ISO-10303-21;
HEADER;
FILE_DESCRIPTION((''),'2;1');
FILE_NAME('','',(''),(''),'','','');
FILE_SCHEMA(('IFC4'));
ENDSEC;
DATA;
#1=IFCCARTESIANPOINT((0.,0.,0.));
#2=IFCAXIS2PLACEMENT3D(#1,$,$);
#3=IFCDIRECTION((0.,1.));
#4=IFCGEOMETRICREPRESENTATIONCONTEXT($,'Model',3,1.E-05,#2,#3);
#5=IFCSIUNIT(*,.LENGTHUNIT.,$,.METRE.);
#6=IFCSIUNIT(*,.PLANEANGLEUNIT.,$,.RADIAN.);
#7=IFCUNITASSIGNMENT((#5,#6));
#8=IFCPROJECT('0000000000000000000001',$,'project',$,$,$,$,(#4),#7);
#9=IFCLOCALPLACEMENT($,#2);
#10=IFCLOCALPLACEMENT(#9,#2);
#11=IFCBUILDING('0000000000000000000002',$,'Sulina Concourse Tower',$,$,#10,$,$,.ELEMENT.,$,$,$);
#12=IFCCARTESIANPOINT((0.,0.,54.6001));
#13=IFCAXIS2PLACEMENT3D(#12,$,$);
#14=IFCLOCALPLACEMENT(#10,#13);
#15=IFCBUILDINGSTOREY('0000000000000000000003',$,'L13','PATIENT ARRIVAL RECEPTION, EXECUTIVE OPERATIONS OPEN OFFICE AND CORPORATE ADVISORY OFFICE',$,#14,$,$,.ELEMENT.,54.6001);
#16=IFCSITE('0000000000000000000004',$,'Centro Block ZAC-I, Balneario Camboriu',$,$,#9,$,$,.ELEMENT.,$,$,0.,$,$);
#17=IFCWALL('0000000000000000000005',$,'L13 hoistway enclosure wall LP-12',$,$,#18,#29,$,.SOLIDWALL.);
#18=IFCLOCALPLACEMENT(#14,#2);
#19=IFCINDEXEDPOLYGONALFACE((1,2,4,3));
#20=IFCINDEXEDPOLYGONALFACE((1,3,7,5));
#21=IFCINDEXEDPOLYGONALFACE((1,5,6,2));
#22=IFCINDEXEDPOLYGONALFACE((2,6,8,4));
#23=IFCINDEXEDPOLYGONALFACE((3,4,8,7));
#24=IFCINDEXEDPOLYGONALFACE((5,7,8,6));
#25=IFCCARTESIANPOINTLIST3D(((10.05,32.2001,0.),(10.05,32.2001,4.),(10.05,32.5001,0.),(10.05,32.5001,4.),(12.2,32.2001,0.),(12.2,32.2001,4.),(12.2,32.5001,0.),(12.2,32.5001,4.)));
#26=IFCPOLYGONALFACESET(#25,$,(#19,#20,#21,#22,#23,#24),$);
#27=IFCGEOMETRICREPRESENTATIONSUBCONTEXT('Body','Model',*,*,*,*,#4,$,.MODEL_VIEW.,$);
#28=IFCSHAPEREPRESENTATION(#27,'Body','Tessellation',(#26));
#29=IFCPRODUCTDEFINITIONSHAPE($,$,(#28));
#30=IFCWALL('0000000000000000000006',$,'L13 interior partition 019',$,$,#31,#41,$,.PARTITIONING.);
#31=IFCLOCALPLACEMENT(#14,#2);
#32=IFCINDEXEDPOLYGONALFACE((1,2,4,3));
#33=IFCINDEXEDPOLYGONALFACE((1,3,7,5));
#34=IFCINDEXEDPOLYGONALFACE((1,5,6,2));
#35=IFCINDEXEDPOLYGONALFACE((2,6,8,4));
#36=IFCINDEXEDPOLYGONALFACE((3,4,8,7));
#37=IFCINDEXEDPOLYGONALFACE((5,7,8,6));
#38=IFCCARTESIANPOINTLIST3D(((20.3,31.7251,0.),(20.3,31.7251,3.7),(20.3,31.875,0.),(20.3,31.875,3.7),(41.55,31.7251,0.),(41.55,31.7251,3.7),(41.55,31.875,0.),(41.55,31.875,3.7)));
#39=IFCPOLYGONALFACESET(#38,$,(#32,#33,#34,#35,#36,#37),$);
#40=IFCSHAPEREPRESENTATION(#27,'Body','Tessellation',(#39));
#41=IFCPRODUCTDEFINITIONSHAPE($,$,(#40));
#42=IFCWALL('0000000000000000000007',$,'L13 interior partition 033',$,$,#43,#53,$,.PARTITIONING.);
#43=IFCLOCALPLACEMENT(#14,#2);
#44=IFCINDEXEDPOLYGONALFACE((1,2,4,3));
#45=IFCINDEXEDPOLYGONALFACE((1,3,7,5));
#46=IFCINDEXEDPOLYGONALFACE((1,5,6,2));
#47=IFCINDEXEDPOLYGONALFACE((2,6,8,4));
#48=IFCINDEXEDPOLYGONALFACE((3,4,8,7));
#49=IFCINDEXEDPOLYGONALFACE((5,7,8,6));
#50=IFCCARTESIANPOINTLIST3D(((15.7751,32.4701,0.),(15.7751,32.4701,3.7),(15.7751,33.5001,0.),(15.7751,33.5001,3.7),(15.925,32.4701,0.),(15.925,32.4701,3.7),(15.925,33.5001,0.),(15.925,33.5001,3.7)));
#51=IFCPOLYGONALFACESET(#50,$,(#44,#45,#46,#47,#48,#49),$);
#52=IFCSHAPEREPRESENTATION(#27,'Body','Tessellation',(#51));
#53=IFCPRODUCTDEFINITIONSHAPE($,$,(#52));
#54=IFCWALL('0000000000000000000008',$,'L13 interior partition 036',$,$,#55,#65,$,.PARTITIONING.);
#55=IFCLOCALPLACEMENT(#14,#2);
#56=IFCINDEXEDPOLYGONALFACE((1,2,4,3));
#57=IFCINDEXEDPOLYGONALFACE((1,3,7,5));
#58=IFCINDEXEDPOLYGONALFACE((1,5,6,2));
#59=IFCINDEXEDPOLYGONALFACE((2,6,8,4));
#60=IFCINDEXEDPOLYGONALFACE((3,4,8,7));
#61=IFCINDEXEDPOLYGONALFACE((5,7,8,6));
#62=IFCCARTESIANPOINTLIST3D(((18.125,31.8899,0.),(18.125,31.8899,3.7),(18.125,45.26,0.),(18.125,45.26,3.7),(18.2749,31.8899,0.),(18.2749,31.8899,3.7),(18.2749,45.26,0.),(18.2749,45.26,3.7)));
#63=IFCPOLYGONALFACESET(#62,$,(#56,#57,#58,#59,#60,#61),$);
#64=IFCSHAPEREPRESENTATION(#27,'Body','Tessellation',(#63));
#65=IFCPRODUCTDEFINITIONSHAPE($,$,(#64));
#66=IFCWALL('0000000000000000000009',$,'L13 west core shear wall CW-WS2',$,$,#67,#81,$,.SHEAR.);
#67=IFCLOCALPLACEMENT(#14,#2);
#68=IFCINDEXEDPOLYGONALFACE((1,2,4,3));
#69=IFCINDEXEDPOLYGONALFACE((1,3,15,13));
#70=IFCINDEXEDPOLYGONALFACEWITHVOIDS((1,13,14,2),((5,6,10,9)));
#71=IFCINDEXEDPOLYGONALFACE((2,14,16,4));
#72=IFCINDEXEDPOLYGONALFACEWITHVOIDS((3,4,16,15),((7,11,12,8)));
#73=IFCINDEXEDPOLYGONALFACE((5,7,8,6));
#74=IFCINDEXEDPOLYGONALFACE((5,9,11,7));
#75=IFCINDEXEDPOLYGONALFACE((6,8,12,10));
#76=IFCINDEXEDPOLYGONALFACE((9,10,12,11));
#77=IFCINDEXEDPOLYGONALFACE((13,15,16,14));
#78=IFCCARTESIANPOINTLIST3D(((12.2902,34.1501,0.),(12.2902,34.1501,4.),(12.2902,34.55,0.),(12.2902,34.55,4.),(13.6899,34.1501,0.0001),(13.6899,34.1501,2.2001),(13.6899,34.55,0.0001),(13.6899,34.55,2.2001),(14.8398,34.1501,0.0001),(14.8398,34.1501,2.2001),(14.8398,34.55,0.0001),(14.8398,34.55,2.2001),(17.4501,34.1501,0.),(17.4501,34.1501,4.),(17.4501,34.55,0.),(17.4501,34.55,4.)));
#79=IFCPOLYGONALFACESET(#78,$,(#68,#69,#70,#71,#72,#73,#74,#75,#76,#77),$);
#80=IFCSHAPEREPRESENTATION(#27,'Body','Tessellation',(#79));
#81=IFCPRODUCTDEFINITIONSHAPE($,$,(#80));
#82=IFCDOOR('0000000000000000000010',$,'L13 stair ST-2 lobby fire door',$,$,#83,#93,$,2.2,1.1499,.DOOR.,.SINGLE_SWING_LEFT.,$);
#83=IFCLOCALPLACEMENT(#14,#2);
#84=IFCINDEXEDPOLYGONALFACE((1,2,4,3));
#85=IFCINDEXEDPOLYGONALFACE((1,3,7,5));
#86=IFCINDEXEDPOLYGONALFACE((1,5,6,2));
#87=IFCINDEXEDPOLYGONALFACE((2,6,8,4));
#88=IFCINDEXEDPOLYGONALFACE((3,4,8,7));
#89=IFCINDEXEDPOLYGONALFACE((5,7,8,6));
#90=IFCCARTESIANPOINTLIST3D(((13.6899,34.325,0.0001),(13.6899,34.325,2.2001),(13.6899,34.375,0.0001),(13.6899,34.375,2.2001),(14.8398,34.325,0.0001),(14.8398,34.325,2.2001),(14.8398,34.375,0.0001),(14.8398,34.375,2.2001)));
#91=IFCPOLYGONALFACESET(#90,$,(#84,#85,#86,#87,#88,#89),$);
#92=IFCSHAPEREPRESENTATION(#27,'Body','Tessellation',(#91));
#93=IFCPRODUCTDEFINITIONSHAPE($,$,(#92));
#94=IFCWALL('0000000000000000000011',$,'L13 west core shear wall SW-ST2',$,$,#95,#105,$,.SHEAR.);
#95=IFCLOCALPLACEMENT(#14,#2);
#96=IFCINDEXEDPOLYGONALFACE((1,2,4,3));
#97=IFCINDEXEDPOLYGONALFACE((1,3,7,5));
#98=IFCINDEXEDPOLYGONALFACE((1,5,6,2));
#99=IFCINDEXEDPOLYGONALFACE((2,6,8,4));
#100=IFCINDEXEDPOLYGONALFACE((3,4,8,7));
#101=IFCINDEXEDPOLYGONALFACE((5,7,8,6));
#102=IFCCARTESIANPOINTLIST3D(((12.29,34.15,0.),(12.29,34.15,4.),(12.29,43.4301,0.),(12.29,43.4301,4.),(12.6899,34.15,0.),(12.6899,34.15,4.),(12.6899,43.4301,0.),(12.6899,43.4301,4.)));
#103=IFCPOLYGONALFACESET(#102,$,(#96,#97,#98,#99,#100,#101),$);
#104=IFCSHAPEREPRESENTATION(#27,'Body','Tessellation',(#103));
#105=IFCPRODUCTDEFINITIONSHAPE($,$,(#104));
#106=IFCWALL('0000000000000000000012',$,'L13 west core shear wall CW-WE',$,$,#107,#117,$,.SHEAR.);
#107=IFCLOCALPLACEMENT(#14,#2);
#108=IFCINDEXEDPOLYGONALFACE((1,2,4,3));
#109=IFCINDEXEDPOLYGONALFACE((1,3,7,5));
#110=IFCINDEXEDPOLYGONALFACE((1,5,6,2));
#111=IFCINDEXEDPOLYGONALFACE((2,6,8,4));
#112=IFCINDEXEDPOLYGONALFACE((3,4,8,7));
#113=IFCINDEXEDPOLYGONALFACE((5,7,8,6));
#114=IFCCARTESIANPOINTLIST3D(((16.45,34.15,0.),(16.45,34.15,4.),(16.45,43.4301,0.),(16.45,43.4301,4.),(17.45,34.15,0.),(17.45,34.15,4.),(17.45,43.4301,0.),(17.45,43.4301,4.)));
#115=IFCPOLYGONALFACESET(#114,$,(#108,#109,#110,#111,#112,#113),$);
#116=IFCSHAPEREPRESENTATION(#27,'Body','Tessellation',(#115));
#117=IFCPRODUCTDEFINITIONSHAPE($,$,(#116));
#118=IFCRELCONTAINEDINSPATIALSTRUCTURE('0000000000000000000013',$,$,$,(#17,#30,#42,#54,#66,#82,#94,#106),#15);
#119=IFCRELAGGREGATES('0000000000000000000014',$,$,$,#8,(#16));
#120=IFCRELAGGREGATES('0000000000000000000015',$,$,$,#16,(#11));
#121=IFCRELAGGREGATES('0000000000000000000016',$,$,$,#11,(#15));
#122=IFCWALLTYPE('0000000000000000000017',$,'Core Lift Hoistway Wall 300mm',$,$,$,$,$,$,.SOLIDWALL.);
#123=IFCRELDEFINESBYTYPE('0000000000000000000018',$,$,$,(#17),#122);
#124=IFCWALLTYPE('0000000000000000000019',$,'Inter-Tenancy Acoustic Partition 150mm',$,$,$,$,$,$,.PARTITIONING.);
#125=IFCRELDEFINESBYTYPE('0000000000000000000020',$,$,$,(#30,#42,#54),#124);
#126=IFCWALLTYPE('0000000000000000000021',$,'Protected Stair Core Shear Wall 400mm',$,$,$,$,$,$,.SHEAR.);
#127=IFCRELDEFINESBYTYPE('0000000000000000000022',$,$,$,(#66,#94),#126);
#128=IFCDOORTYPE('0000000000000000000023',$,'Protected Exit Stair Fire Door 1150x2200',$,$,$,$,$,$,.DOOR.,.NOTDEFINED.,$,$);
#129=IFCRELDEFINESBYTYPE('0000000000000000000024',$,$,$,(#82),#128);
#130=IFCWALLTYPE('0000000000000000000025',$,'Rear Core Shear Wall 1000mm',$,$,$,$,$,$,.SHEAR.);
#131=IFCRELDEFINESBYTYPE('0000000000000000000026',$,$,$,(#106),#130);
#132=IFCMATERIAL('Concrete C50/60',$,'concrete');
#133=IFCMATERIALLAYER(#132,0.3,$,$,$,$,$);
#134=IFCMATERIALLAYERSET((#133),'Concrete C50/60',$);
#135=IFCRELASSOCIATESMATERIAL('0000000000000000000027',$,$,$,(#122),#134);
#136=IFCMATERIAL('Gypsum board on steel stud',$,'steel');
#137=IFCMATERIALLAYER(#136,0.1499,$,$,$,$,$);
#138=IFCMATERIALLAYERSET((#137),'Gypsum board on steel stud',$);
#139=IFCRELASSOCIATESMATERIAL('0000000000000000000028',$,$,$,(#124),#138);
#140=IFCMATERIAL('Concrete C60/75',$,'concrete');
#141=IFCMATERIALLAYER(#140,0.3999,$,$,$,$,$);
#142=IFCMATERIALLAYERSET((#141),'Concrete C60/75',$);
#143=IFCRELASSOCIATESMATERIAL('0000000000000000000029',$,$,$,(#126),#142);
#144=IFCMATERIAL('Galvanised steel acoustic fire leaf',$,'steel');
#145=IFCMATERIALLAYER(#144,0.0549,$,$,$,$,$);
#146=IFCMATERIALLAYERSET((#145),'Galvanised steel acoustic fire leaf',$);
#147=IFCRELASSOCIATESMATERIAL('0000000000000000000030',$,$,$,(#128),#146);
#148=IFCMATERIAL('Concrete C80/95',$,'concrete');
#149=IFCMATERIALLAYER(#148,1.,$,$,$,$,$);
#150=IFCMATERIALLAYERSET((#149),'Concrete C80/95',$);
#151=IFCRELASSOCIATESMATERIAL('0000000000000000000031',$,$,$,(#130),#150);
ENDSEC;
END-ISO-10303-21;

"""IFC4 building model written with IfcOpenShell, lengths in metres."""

from ifc_helpers import new_model, si_unit, direction, frame, frame_2d, origin, place, context, subcontext, project, spatial, rectangle, extrude, material, layer, layer_set, type_object, element, fill, save


model = new_model("IFC4")

# Units and contexts
model_context = context("Model", 3, precision=1e-05, world=origin(), true_north=direction((0.0, 1.0)))
body_context = subcontext(model_context, "Body", "Model", "MODEL_VIEW")
ifc_project = project(units=[si_unit("LENGTHUNIT", "METRE"), si_unit("PLANEANGLEUNIT", "RADIAN")], contexts=[model_context])

# Site, building, storey
site_placement = place(None, origin())
site = spatial("IfcSite", under=ifc_project, at=site_placement, Name="Centro Block ZAC-I, Balneario Camboriu", CompositionType="ELEMENT", RefElevation=0.0)
building_placement = place(site_placement, origin())
building = spatial("IfcBuilding", under=site, at=building_placement, Name="Sulina Concourse Tower", CompositionType="ELEMENT")
storey_placement = place(building_placement, frame((0.0, 0.0, 54.6001)))
storey = spatial("IfcBuildingStorey", under=building, at=storey_placement, Name="L13", Description="PATIENT ARRIVAL RECEPTION, EXECUTIVE OPERATIONS OPEN OFFICE AND CORPORATE ADVISORY OFFICE", CompositionType="ELEMENT", Elevation=54.6001)

# Walls
ifc_material_1 = material(Name="Concrete C50/60", Category="concrete")
ifc_layer_1 = layer(ifc_material_1, 0.3)
ifc_layer_set_1 = layer_set([ifc_layer_1], Name="Concrete C50/60")
wall_type_1 = type_object("IfcWallType", Name="Core Lift Hoistway Wall 300mm", PredefinedType="SOLIDWALL", material=ifc_layer_set_1)
wall_1_placement = place(storey_placement, frame((10.05, 32.3501, 0.0), z_axis=(0.0, 0.0, 1.0), x_axis=(1.0, 0.0, 0.0)))
element("IfcWall", 1, at=wall_1_placement, inside=storey, type_object=wall_type_1, Name="L13 hoistway enclosure wall LP-12", PredefinedType="SOLIDWALL", context=body_context, shape_type="SweptSolid", body=[
    extrude(rectangle(XDim=2.1499, YDim=0.3, at=frame_2d((1.075, 0.0))), origin(), (0.0, 0.0, 1.0), 4.0),
])
ifc_material_2 = material(Name="Gypsum board on steel stud", Category="steel")
ifc_layer_2 = layer(ifc_material_2, 0.1499)
ifc_layer_set_2 = layer_set([ifc_layer_2], Name="Gypsum board on steel stud")
wall_type_2 = type_object("IfcWallType", Name="Inter-Tenancy Acoustic Partition 150mm", PredefinedType="PARTITIONING", material=ifc_layer_set_2)
wall_2_placement = place(storey_placement, frame((20.3, 31.8, 0.0), z_axis=(0.0, 0.0, 1.0), x_axis=(1.0, 0.0, 0.0)))
element("IfcWall", 2, at=wall_2_placement, inside=storey, type_object=wall_type_2, Name="L13 interior partition 019", PredefinedType="PARTITIONING", context=body_context, shape_type="SweptSolid", body=[
    extrude(rectangle(XDim=21.25, YDim=0.1499, at=frame_2d((10.625, 0.0))), origin(), (0.0, 0.0, 1.0), 3.7),
])
wall_3_placement = place(storey_placement, frame((15.8501, 32.47, 0.0), z_axis=(0.0, 0.0, 1.0), x_axis=(0.0, 1.0, 0.0)))
element("IfcWall", 3, at=wall_3_placement, inside=storey, type_object=wall_type_2, Name="L13 interior partition 033", PredefinedType="PARTITIONING", context=body_context, shape_type="SweptSolid", body=[
    extrude(rectangle(XDim=1.03, YDim=0.1499, at=frame_2d((0.5151, 0.0))), origin(), (0.0, 0.0, 1.0), 3.7),
])
wall_4_placement = place(storey_placement, frame((18.2, 31.8899, 0.0), z_axis=(0.0, 0.0, 1.0), x_axis=(0.0, 1.0, 0.0)))
element("IfcWall", 4, at=wall_4_placement, inside=storey, type_object=wall_type_2, Name="L13 interior partition 036", PredefinedType="PARTITIONING", context=body_context, shape_type="SweptSolid", body=[
    extrude(rectangle(XDim=13.3701, YDim=0.1499, at=frame_2d((6.6851, 0.0))), origin(), (0.0, 0.0, 1.0), 3.7),
])

# Wall, opening, door
ifc_material_3 = material(Name="Concrete C60/75", Category="concrete")
ifc_layer_3 = layer(ifc_material_3, 0.3999)
ifc_layer_set_3 = layer_set([ifc_layer_3], Name="Concrete C60/75")
wall_type_3 = type_object("IfcWallType", Name="Protected Stair Core Shear Wall 400mm", PredefinedType="SHEAR", material=ifc_layer_set_3)
wall_5_placement = place(storey_placement, frame((12.29, 34.3501, 0.0), z_axis=(0.0, 0.0, 1.0), x_axis=(1.0, 0.0, 0.0)))
wall_5 = element("IfcWall", 5, at=wall_5_placement, inside=storey, type_object=wall_type_3, Name="L13 west core shear wall CW-WS2", PredefinedType="SHEAR", context=body_context, shape_type="SweptSolid", body=[
    extrude(rectangle(XDim=5.1599, YDim=0.3999, at=frame_2d((2.5801, 0.0))), origin(), (0.0, 0.0, 1.0), 4.0),
])
opening_1_placement = place(wall_5_placement, frame((1.3999, 0.0, 0.0)))
opening_1 = element("IfcOpeningElement", 6, at=opening_1_placement, cuts=wall_5, PredefinedType="OPENING", context=body_context, shape_type="SweptSolid", body=[
    extrude(rectangle(XDim=1.1499, YDim=2.2, at=frame_2d((0.575, 1.1001))), frame((0.0, 0.21, 0.0), z_axis=(0.0, -1.0, 0.0), x_axis=(1.0, 0.0, 0.0)), (0.0, 0.0, 1.0), 0.4199),
])
ifc_material_4 = material(Name="Galvanised steel acoustic fire leaf", Category="steel")
ifc_layer_4 = layer(ifc_material_4, 0.0549)
ifc_layer_set_4 = layer_set([ifc_layer_4], Name="Galvanised steel acoustic fire leaf")
door_type_1 = type_object("IfcDoorType", Name="Protected Exit Stair Fire Door 1150x2200", OperationType="NOTDEFINED", PredefinedType="DOOR", material=ifc_layer_set_4)
door_1_placement = place(opening_1_placement, origin())
door_1 = element("IfcDoor", 7, at=door_1_placement, inside=storey, type_object=door_type_1, Name="L13 stair ST-2 lobby fire door", OperationType="SINGLE_SWING_LEFT", OverallHeight=2.2, OverallWidth=1.1499, PredefinedType="DOOR", context=body_context, shape_type="SweptSolid", body=[
    extrude(rectangle(XDim=1.1499, YDim=2.2, at=frame_2d((0.575, 1.1001))), frame((0.0, 0.0249, 0.0), z_axis=(0.0, -1.0, 0.0), x_axis=(1.0, 0.0, 0.0)), (0.0, 0.0, 1.0), 0.05),
])
fill(opening_1, door_1)

# Walls
wall_6_placement = place(storey_placement, frame((12.49, 34.1499, 0.0), z_axis=(0.0, 0.0, 1.0), x_axis=(0.0, 1.0, 0.0)))
element("IfcWall", 8, at=wall_6_placement, inside=storey, type_object=wall_type_3, Name="L13 west core shear wall SW-ST2", PredefinedType="SHEAR", context=body_context, shape_type="SweptSolid", body=[
    extrude(rectangle(XDim=9.28, YDim=0.3999, at=frame_2d((4.6401, 0.0))), origin(), (0.0, 0.0, 1.0), 4.0),
])
ifc_material_5 = material(Name="Concrete C80/95", Category="concrete")
ifc_layer_5 = layer(ifc_material_5, 1.0)
ifc_layer_set_5 = layer_set([ifc_layer_5], Name="Concrete C80/95")
wall_type_4 = type_object("IfcWallType", Name="Rear Core Shear Wall 1000mm", PredefinedType="SHEAR", material=ifc_layer_set_5)
wall_7_placement = place(storey_placement, frame((16.95, 34.1499, 0.0), z_axis=(0.0, 0.0, 1.0), x_axis=(0.0, 1.0, 0.0)))
element("IfcWall", 9, at=wall_7_placement, inside=storey, type_object=wall_type_4, Name="L13 west core shear wall CW-WE", PredefinedType="SHEAR", context=body_context, shape_type="SweptSolid", body=[
    extrude(rectangle(XDim=9.28, YDim=1.0, at=frame_2d((4.6401, 0.0))), origin(), (0.0, 0.0, 1.0), 4.0),
])

save(model, "model.ifc")
